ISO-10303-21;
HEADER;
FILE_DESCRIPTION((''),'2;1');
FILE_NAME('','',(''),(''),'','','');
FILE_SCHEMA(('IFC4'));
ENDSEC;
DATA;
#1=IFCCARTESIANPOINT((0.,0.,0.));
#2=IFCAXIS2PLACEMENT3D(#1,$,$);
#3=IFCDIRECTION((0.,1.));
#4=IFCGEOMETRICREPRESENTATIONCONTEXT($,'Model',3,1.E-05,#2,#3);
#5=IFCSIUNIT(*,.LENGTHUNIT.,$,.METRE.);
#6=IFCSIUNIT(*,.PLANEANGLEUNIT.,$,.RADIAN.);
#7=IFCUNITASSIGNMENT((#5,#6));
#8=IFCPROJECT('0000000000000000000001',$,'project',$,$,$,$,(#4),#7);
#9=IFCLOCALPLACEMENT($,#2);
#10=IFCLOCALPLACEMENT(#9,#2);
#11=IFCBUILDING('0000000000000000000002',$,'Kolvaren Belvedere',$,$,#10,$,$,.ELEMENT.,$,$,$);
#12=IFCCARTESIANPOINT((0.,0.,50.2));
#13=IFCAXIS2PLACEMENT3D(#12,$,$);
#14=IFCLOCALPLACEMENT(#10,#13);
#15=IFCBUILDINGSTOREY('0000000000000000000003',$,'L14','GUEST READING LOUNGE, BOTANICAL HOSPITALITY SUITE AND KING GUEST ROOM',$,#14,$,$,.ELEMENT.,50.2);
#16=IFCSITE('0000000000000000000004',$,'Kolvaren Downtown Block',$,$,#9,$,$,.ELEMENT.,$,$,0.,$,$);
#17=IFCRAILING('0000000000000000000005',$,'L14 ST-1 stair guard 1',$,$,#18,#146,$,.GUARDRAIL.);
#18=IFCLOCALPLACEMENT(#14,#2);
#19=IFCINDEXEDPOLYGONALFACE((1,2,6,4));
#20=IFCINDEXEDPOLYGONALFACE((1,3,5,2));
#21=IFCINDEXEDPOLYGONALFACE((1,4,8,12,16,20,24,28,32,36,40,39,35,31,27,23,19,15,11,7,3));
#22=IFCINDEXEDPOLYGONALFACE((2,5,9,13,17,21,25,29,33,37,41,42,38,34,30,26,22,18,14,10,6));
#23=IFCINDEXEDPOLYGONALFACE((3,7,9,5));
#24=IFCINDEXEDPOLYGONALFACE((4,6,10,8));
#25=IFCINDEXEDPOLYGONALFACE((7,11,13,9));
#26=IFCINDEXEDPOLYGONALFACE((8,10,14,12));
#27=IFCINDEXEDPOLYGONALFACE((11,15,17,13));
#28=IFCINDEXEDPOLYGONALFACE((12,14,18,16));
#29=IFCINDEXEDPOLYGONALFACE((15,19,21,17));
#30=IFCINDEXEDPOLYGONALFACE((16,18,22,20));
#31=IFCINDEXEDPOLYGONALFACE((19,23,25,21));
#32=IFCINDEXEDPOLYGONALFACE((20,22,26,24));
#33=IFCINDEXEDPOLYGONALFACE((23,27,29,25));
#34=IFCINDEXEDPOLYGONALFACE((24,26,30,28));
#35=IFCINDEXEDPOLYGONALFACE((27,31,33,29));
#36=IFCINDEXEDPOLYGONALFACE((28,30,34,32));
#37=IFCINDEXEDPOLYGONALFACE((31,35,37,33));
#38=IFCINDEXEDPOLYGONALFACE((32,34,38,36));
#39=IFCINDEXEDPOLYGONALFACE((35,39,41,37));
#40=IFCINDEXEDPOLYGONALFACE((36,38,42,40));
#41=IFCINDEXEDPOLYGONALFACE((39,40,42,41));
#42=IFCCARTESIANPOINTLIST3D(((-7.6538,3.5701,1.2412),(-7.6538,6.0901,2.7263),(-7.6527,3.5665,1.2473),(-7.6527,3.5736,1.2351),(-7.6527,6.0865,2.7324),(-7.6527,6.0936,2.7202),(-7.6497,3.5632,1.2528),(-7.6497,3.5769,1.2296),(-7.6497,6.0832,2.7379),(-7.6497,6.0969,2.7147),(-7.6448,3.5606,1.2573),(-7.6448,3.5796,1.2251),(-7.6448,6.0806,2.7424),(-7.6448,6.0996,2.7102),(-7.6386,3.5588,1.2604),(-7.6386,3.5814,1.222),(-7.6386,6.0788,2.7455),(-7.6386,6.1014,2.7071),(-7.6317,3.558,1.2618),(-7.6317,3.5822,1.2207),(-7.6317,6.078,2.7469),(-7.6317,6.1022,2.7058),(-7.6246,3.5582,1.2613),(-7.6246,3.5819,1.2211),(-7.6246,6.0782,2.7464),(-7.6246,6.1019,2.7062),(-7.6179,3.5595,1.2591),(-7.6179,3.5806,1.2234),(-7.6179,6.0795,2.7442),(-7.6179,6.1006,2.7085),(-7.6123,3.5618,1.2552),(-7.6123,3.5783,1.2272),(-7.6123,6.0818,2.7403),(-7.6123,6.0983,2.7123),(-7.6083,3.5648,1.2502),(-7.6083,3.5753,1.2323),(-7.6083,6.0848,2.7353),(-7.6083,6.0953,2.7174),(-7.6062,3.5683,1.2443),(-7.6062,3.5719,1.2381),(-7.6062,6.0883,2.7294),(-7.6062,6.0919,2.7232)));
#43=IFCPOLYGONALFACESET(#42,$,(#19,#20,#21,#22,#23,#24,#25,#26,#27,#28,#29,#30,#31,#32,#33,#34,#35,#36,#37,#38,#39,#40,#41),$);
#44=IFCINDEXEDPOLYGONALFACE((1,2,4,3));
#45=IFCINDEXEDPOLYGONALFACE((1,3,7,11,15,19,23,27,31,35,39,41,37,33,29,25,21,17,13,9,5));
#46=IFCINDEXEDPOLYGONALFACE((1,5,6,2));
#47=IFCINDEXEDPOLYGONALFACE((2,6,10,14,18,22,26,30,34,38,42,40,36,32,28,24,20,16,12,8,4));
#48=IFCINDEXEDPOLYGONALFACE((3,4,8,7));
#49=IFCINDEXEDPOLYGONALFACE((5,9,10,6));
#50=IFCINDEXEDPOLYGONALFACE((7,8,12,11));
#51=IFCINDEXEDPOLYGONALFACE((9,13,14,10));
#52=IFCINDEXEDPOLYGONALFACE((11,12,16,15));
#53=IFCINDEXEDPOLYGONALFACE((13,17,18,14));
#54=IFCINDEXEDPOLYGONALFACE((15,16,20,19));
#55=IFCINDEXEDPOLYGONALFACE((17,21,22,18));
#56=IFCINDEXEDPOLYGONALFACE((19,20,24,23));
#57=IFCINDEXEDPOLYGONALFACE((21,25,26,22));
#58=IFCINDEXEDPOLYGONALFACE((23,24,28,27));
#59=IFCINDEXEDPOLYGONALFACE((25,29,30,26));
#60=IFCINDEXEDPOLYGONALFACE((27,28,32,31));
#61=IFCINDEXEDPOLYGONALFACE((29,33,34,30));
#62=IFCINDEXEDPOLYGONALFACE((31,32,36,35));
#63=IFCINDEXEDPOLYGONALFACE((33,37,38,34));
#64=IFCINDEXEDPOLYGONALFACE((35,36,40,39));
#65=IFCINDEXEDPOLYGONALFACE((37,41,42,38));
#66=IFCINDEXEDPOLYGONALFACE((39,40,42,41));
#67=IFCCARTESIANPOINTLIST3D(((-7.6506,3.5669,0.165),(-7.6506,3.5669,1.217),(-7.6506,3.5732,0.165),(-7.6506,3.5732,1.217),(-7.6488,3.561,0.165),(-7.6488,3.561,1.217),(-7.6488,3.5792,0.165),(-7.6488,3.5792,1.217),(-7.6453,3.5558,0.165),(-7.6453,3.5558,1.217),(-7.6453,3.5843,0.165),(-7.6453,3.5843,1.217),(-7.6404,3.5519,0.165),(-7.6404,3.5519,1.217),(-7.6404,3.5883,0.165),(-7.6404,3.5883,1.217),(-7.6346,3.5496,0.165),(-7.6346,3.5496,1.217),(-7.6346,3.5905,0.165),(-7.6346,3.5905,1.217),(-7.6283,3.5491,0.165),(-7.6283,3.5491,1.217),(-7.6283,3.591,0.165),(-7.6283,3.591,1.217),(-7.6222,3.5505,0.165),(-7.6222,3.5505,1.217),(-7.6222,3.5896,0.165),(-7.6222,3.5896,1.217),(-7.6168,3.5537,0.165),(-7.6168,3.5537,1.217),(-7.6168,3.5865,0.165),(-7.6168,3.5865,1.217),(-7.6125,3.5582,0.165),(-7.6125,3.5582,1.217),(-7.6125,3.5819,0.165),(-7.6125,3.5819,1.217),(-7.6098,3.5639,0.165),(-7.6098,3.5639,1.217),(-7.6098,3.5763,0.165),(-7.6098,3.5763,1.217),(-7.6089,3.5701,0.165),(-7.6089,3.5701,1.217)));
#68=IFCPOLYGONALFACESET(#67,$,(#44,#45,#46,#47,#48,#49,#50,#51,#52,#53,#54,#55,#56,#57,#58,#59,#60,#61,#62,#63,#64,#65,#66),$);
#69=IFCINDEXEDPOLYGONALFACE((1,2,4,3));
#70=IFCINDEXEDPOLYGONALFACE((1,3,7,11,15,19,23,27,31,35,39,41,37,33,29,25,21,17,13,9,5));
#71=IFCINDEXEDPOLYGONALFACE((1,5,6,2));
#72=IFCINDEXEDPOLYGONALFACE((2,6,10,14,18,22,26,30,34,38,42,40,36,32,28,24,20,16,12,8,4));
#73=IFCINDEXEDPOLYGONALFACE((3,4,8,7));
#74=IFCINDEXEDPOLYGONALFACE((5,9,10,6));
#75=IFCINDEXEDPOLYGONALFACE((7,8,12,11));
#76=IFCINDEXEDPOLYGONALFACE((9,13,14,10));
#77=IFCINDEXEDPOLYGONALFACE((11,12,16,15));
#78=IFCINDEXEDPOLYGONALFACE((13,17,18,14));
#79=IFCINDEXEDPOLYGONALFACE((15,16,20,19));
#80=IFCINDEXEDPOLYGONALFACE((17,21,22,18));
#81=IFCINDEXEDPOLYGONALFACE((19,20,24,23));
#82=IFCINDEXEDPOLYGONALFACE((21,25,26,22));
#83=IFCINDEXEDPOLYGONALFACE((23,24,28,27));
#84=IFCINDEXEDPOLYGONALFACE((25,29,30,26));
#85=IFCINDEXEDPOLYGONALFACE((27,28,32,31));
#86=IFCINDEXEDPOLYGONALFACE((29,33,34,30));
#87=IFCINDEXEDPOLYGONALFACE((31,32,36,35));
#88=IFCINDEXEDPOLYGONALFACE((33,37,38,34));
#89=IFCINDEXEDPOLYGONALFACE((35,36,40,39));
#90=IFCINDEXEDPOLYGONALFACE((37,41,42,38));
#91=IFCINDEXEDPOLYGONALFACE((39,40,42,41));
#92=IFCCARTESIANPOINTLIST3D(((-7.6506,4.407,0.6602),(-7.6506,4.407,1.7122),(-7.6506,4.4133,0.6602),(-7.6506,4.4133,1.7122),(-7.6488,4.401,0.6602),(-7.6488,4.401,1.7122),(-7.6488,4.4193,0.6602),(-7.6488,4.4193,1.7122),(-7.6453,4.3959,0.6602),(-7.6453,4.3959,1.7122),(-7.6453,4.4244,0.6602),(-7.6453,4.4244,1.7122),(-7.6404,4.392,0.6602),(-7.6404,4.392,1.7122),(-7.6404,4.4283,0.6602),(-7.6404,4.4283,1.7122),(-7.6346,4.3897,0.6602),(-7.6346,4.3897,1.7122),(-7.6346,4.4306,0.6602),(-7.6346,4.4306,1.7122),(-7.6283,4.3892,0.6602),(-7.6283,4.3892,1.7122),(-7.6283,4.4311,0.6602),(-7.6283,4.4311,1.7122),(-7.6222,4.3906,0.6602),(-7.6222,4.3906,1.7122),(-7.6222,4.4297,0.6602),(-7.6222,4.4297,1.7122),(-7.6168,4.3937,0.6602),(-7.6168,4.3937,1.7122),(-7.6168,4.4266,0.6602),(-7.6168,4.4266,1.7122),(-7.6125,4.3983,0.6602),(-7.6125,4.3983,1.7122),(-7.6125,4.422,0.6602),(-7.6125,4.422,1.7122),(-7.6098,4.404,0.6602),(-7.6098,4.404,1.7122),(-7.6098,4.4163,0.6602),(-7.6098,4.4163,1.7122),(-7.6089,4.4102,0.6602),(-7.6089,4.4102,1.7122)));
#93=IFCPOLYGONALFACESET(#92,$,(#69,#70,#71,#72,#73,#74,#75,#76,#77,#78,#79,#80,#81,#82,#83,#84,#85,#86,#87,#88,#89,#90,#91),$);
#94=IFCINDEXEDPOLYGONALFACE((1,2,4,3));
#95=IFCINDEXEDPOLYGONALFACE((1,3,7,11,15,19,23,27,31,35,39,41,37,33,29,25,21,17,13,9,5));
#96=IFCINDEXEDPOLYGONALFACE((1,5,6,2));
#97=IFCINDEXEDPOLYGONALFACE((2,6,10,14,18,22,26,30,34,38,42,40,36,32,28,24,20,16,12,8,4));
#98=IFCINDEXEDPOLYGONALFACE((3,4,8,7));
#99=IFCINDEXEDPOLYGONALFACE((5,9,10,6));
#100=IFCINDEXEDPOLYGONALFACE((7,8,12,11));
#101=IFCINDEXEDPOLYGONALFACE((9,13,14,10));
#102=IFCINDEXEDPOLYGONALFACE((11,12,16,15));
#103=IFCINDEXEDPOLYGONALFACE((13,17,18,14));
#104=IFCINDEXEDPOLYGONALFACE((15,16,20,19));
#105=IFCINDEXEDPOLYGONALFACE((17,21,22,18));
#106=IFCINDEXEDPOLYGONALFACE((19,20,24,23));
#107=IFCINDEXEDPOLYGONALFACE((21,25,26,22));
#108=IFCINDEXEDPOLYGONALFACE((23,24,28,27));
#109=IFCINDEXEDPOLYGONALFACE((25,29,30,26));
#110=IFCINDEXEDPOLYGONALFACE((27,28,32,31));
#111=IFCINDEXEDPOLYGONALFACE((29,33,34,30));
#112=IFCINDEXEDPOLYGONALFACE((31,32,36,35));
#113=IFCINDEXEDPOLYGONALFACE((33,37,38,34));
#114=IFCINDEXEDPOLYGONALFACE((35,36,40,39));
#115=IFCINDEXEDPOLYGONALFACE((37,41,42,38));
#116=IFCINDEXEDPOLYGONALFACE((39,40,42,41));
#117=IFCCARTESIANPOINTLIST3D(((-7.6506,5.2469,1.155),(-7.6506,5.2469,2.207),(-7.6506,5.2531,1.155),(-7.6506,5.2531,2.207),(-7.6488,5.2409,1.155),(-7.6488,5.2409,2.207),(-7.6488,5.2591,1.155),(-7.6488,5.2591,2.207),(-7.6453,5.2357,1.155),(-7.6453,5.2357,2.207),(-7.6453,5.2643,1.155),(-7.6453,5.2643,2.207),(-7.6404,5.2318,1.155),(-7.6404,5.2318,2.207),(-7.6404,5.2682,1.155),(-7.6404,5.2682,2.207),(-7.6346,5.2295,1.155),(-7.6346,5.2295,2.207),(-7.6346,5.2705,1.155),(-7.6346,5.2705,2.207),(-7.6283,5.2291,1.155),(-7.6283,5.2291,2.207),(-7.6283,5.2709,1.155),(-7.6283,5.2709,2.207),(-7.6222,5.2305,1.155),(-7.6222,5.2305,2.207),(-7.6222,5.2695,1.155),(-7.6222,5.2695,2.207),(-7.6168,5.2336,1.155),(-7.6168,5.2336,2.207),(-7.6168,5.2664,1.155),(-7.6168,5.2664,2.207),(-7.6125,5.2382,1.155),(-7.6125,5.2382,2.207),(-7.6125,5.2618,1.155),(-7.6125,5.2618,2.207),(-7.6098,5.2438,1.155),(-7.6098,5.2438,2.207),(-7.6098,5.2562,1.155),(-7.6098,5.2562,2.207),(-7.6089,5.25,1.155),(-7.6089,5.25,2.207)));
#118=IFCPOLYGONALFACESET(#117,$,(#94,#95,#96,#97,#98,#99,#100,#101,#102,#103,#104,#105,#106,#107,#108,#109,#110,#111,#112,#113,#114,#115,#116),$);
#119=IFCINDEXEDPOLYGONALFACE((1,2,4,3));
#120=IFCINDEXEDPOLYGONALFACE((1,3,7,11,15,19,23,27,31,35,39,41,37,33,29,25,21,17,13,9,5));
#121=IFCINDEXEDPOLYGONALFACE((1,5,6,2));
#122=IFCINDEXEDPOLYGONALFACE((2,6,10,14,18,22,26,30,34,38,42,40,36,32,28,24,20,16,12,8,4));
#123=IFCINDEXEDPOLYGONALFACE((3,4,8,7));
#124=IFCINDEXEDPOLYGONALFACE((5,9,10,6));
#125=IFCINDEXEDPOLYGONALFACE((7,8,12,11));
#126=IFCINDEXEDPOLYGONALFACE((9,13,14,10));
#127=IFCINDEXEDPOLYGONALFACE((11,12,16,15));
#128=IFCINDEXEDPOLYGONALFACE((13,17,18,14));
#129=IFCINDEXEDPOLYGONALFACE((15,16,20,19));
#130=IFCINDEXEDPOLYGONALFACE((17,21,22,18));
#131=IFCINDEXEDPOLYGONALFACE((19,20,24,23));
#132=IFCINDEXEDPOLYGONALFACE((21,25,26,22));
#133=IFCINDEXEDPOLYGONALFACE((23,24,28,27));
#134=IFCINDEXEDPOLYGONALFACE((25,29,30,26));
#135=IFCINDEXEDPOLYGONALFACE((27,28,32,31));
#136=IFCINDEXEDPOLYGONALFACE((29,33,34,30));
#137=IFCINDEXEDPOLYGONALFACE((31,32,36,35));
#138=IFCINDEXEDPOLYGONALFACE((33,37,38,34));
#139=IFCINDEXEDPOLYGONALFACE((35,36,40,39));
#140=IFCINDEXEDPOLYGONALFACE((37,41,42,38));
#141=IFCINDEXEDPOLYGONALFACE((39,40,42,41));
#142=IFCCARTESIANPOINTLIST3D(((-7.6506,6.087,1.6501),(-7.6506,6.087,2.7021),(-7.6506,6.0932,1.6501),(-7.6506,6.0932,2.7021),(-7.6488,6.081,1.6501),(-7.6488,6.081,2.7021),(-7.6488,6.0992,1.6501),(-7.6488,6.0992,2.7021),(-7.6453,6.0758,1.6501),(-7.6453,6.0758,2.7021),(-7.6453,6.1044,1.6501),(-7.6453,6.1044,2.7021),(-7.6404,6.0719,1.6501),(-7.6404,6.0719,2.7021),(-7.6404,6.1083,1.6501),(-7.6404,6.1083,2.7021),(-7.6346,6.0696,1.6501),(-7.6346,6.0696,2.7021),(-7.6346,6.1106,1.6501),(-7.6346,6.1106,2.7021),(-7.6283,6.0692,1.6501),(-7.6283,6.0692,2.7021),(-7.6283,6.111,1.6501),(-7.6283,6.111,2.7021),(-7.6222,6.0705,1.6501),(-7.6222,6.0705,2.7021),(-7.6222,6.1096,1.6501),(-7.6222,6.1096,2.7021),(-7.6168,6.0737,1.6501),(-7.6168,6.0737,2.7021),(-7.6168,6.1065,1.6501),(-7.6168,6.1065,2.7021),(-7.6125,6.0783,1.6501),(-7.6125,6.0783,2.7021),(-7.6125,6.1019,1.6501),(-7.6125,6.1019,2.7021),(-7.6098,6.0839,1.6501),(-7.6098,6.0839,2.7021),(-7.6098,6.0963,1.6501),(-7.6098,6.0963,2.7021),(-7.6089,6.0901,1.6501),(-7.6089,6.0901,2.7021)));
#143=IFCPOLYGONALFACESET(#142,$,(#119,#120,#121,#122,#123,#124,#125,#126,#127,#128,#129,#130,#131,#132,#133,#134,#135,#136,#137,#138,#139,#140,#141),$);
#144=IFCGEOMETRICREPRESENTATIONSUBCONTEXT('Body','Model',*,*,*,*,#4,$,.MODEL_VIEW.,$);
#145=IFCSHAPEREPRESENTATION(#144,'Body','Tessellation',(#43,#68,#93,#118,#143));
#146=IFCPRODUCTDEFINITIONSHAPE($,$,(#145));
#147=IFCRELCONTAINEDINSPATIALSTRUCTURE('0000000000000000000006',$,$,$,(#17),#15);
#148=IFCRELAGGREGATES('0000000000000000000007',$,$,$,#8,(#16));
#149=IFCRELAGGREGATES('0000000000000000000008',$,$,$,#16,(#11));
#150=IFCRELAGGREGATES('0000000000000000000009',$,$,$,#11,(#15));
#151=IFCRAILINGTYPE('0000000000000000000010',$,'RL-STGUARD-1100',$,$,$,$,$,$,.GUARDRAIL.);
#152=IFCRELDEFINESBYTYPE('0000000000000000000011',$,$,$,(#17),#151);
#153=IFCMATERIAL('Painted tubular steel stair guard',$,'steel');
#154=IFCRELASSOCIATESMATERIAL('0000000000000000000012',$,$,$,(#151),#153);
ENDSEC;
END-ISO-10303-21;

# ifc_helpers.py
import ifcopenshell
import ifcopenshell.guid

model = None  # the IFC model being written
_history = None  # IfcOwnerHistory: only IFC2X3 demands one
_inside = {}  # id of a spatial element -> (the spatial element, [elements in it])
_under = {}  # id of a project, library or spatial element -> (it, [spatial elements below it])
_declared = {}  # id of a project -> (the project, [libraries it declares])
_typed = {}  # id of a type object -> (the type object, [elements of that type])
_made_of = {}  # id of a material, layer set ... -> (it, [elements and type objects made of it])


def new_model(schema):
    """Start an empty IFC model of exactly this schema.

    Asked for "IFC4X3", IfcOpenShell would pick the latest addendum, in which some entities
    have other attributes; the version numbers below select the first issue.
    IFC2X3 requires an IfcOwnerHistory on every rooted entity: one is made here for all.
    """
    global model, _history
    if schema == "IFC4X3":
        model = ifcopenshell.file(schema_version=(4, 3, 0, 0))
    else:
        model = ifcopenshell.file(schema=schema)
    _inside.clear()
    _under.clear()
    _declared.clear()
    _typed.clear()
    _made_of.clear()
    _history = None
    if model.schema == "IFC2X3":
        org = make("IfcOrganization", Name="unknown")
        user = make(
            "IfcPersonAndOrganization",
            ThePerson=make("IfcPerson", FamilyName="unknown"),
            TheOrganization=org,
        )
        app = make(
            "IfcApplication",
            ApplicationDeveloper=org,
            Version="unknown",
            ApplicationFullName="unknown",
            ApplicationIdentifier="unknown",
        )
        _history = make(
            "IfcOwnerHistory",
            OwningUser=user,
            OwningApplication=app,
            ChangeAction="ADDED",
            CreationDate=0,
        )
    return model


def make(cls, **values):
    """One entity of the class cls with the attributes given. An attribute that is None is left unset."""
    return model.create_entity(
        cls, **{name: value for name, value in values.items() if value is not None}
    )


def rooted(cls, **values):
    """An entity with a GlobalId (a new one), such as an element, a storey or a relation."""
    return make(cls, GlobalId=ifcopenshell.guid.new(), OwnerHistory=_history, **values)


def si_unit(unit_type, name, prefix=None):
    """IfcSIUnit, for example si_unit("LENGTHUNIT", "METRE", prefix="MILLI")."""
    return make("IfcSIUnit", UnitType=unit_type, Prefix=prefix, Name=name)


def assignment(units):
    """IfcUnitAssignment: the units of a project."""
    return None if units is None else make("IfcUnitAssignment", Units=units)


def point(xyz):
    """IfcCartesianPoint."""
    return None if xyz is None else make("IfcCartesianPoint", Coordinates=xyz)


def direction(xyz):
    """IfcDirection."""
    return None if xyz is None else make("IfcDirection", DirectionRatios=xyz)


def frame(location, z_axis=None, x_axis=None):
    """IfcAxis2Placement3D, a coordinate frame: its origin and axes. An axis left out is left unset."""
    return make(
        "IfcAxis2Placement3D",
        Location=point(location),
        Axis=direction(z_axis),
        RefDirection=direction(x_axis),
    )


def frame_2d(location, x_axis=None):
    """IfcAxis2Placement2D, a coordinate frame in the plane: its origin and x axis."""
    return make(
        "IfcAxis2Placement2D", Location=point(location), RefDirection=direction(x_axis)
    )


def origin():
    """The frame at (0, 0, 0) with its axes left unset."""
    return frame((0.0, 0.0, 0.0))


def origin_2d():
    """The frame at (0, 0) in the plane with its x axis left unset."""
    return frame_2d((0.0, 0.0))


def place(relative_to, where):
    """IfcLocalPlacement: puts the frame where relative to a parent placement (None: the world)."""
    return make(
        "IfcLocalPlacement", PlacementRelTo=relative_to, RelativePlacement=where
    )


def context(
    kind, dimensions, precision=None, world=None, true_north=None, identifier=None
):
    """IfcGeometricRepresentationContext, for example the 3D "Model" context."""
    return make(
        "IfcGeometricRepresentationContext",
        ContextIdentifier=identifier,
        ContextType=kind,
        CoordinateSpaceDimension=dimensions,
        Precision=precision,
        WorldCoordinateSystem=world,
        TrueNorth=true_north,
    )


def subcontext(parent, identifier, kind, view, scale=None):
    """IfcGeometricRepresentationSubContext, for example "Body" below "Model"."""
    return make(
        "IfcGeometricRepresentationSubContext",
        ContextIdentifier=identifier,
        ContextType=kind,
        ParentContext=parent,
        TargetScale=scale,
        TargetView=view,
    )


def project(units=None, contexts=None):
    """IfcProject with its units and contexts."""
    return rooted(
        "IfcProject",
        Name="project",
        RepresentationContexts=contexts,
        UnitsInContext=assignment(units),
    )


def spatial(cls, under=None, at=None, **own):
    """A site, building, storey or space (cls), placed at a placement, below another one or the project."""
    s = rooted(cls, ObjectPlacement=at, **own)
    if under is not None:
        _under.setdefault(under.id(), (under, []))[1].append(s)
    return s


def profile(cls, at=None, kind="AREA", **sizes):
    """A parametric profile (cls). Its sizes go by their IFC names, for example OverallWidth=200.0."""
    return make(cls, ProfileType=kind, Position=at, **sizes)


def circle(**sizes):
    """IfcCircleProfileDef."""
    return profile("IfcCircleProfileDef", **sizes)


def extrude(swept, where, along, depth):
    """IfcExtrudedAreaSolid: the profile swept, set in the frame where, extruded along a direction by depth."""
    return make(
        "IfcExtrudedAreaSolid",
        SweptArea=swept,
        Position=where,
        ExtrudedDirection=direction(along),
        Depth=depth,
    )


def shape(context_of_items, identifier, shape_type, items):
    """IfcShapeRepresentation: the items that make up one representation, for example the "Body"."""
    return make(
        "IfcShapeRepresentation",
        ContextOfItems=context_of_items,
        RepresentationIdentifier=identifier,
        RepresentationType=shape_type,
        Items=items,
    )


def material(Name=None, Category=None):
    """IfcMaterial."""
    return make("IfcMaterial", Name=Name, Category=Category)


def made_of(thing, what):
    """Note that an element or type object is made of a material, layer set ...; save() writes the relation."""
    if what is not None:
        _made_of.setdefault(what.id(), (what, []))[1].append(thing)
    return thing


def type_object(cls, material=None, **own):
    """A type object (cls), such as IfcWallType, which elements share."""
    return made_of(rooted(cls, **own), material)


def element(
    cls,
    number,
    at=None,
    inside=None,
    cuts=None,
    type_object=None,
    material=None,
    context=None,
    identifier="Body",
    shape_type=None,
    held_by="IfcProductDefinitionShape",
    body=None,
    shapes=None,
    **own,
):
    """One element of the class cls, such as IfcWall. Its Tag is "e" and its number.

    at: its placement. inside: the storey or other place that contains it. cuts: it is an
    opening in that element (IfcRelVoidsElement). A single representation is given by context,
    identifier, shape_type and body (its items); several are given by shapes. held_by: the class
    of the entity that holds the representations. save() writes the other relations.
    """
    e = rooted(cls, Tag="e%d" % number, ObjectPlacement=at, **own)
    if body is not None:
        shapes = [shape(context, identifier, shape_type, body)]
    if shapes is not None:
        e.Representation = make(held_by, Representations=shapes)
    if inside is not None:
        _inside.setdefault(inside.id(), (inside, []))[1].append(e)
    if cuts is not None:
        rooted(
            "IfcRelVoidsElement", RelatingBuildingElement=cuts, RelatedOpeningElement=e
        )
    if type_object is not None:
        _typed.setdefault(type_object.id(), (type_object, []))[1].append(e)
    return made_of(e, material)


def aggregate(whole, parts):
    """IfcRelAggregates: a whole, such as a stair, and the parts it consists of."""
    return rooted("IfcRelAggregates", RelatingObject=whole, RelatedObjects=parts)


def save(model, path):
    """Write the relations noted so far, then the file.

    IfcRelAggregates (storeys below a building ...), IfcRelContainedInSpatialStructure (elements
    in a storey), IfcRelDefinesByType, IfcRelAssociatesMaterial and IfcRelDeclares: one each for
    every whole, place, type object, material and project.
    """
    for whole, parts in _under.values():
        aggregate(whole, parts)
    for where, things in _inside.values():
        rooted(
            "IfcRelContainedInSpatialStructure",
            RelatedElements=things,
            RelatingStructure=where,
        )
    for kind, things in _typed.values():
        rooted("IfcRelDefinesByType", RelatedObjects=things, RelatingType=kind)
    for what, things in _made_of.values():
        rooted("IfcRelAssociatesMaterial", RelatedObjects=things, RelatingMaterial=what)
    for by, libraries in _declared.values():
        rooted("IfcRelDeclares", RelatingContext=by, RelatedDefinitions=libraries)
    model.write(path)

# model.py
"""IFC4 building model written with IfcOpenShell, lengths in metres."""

from ifc_helpers import new_model, si_unit, direction, frame, origin, origin_2d, place, context, subcontext, project, spatial, circle, extrude, material, type_object, element, save


model = new_model("IFC4")

# Units and contexts
model_context = context("Model", 3, precision=1e-05, world=origin(), true_north=direction((0.0, 1.0)))
body_context = subcontext(model_context, "Body", "Model", "MODEL_VIEW")
ifc_project = project(units=[si_unit("LENGTHUNIT", "METRE"), si_unit("PLANEANGLEUNIT", "RADIAN")], contexts=[model_context])

# Site, building, storey
site_placement = place(None, origin())
site = spatial("IfcSite", under=ifc_project, at=site_placement, Name="Kolvaren Downtown Block", CompositionType="ELEMENT", RefElevation=0.0)
building_placement = place(site_placement, origin())
building = spatial("IfcBuilding", under=site, at=building_placement, Name="Kolvaren Belvedere", CompositionType="ELEMENT")
storey_placement = place(building_placement, frame((0.0, 0.0, 50.2)))
storey = spatial("IfcBuildingStorey", under=building, at=storey_placement, Name="L14", Description="GUEST READING LOUNGE, BOTANICAL HOSPITALITY SUITE AND KING GUEST ROOM", CompositionType="ELEMENT", Elevation=50.2)

# Railing
ifc_material_1 = material(Name="Painted tubular steel stair guard", Category="steel")
railing_type_1 = type_object("IfcRailingType", Name="RL-STGUARD-1100", PredefinedType="GUARDRAIL", material=ifc_material_1)
railing_1_placement = place(storey_placement, frame((-7.6299, 3.5701, 0.165)))
element("IfcRailing", 1, at=railing_1_placement, inside=storey, type_object=railing_type_1, Name="L14 ST-1 stair guard 1", PredefinedType="GUARDRAIL", context=body_context, shape_type="SweptSolid", body=[
    extrude(circle(Radius=0.0239, at=origin_2d()), frame((0.0, 0.0, 1.0762), z_axis=(0.0, 0.861524, 0.507717), x_axis=(-1.0, 0.0, 0.0)), (0.0, 0.0, 1.0), 2.925),
    extrude(circle(Radius=0.021, at=origin_2d()), origin(), (0.0, 0.0, 1.0), 1.052),
    extrude(circle(Radius=0.021, at=origin_2d()), frame((0.0, 0.8401, 0.4951)), (0.0, 0.0, 1.0), 1.052),
    extrude(circle(Radius=0.021, at=origin_2d()), frame((0.0, 1.6799, 0.99)), (0.0, 0.0, 1.0), 1.052),
    extrude(circle(Radius=0.021, at=origin_2d()), frame((0.0, 2.52, 1.4851)), (0.0, 0.0, 1.0), 1.052),
])

save(model, "model.ifc")
